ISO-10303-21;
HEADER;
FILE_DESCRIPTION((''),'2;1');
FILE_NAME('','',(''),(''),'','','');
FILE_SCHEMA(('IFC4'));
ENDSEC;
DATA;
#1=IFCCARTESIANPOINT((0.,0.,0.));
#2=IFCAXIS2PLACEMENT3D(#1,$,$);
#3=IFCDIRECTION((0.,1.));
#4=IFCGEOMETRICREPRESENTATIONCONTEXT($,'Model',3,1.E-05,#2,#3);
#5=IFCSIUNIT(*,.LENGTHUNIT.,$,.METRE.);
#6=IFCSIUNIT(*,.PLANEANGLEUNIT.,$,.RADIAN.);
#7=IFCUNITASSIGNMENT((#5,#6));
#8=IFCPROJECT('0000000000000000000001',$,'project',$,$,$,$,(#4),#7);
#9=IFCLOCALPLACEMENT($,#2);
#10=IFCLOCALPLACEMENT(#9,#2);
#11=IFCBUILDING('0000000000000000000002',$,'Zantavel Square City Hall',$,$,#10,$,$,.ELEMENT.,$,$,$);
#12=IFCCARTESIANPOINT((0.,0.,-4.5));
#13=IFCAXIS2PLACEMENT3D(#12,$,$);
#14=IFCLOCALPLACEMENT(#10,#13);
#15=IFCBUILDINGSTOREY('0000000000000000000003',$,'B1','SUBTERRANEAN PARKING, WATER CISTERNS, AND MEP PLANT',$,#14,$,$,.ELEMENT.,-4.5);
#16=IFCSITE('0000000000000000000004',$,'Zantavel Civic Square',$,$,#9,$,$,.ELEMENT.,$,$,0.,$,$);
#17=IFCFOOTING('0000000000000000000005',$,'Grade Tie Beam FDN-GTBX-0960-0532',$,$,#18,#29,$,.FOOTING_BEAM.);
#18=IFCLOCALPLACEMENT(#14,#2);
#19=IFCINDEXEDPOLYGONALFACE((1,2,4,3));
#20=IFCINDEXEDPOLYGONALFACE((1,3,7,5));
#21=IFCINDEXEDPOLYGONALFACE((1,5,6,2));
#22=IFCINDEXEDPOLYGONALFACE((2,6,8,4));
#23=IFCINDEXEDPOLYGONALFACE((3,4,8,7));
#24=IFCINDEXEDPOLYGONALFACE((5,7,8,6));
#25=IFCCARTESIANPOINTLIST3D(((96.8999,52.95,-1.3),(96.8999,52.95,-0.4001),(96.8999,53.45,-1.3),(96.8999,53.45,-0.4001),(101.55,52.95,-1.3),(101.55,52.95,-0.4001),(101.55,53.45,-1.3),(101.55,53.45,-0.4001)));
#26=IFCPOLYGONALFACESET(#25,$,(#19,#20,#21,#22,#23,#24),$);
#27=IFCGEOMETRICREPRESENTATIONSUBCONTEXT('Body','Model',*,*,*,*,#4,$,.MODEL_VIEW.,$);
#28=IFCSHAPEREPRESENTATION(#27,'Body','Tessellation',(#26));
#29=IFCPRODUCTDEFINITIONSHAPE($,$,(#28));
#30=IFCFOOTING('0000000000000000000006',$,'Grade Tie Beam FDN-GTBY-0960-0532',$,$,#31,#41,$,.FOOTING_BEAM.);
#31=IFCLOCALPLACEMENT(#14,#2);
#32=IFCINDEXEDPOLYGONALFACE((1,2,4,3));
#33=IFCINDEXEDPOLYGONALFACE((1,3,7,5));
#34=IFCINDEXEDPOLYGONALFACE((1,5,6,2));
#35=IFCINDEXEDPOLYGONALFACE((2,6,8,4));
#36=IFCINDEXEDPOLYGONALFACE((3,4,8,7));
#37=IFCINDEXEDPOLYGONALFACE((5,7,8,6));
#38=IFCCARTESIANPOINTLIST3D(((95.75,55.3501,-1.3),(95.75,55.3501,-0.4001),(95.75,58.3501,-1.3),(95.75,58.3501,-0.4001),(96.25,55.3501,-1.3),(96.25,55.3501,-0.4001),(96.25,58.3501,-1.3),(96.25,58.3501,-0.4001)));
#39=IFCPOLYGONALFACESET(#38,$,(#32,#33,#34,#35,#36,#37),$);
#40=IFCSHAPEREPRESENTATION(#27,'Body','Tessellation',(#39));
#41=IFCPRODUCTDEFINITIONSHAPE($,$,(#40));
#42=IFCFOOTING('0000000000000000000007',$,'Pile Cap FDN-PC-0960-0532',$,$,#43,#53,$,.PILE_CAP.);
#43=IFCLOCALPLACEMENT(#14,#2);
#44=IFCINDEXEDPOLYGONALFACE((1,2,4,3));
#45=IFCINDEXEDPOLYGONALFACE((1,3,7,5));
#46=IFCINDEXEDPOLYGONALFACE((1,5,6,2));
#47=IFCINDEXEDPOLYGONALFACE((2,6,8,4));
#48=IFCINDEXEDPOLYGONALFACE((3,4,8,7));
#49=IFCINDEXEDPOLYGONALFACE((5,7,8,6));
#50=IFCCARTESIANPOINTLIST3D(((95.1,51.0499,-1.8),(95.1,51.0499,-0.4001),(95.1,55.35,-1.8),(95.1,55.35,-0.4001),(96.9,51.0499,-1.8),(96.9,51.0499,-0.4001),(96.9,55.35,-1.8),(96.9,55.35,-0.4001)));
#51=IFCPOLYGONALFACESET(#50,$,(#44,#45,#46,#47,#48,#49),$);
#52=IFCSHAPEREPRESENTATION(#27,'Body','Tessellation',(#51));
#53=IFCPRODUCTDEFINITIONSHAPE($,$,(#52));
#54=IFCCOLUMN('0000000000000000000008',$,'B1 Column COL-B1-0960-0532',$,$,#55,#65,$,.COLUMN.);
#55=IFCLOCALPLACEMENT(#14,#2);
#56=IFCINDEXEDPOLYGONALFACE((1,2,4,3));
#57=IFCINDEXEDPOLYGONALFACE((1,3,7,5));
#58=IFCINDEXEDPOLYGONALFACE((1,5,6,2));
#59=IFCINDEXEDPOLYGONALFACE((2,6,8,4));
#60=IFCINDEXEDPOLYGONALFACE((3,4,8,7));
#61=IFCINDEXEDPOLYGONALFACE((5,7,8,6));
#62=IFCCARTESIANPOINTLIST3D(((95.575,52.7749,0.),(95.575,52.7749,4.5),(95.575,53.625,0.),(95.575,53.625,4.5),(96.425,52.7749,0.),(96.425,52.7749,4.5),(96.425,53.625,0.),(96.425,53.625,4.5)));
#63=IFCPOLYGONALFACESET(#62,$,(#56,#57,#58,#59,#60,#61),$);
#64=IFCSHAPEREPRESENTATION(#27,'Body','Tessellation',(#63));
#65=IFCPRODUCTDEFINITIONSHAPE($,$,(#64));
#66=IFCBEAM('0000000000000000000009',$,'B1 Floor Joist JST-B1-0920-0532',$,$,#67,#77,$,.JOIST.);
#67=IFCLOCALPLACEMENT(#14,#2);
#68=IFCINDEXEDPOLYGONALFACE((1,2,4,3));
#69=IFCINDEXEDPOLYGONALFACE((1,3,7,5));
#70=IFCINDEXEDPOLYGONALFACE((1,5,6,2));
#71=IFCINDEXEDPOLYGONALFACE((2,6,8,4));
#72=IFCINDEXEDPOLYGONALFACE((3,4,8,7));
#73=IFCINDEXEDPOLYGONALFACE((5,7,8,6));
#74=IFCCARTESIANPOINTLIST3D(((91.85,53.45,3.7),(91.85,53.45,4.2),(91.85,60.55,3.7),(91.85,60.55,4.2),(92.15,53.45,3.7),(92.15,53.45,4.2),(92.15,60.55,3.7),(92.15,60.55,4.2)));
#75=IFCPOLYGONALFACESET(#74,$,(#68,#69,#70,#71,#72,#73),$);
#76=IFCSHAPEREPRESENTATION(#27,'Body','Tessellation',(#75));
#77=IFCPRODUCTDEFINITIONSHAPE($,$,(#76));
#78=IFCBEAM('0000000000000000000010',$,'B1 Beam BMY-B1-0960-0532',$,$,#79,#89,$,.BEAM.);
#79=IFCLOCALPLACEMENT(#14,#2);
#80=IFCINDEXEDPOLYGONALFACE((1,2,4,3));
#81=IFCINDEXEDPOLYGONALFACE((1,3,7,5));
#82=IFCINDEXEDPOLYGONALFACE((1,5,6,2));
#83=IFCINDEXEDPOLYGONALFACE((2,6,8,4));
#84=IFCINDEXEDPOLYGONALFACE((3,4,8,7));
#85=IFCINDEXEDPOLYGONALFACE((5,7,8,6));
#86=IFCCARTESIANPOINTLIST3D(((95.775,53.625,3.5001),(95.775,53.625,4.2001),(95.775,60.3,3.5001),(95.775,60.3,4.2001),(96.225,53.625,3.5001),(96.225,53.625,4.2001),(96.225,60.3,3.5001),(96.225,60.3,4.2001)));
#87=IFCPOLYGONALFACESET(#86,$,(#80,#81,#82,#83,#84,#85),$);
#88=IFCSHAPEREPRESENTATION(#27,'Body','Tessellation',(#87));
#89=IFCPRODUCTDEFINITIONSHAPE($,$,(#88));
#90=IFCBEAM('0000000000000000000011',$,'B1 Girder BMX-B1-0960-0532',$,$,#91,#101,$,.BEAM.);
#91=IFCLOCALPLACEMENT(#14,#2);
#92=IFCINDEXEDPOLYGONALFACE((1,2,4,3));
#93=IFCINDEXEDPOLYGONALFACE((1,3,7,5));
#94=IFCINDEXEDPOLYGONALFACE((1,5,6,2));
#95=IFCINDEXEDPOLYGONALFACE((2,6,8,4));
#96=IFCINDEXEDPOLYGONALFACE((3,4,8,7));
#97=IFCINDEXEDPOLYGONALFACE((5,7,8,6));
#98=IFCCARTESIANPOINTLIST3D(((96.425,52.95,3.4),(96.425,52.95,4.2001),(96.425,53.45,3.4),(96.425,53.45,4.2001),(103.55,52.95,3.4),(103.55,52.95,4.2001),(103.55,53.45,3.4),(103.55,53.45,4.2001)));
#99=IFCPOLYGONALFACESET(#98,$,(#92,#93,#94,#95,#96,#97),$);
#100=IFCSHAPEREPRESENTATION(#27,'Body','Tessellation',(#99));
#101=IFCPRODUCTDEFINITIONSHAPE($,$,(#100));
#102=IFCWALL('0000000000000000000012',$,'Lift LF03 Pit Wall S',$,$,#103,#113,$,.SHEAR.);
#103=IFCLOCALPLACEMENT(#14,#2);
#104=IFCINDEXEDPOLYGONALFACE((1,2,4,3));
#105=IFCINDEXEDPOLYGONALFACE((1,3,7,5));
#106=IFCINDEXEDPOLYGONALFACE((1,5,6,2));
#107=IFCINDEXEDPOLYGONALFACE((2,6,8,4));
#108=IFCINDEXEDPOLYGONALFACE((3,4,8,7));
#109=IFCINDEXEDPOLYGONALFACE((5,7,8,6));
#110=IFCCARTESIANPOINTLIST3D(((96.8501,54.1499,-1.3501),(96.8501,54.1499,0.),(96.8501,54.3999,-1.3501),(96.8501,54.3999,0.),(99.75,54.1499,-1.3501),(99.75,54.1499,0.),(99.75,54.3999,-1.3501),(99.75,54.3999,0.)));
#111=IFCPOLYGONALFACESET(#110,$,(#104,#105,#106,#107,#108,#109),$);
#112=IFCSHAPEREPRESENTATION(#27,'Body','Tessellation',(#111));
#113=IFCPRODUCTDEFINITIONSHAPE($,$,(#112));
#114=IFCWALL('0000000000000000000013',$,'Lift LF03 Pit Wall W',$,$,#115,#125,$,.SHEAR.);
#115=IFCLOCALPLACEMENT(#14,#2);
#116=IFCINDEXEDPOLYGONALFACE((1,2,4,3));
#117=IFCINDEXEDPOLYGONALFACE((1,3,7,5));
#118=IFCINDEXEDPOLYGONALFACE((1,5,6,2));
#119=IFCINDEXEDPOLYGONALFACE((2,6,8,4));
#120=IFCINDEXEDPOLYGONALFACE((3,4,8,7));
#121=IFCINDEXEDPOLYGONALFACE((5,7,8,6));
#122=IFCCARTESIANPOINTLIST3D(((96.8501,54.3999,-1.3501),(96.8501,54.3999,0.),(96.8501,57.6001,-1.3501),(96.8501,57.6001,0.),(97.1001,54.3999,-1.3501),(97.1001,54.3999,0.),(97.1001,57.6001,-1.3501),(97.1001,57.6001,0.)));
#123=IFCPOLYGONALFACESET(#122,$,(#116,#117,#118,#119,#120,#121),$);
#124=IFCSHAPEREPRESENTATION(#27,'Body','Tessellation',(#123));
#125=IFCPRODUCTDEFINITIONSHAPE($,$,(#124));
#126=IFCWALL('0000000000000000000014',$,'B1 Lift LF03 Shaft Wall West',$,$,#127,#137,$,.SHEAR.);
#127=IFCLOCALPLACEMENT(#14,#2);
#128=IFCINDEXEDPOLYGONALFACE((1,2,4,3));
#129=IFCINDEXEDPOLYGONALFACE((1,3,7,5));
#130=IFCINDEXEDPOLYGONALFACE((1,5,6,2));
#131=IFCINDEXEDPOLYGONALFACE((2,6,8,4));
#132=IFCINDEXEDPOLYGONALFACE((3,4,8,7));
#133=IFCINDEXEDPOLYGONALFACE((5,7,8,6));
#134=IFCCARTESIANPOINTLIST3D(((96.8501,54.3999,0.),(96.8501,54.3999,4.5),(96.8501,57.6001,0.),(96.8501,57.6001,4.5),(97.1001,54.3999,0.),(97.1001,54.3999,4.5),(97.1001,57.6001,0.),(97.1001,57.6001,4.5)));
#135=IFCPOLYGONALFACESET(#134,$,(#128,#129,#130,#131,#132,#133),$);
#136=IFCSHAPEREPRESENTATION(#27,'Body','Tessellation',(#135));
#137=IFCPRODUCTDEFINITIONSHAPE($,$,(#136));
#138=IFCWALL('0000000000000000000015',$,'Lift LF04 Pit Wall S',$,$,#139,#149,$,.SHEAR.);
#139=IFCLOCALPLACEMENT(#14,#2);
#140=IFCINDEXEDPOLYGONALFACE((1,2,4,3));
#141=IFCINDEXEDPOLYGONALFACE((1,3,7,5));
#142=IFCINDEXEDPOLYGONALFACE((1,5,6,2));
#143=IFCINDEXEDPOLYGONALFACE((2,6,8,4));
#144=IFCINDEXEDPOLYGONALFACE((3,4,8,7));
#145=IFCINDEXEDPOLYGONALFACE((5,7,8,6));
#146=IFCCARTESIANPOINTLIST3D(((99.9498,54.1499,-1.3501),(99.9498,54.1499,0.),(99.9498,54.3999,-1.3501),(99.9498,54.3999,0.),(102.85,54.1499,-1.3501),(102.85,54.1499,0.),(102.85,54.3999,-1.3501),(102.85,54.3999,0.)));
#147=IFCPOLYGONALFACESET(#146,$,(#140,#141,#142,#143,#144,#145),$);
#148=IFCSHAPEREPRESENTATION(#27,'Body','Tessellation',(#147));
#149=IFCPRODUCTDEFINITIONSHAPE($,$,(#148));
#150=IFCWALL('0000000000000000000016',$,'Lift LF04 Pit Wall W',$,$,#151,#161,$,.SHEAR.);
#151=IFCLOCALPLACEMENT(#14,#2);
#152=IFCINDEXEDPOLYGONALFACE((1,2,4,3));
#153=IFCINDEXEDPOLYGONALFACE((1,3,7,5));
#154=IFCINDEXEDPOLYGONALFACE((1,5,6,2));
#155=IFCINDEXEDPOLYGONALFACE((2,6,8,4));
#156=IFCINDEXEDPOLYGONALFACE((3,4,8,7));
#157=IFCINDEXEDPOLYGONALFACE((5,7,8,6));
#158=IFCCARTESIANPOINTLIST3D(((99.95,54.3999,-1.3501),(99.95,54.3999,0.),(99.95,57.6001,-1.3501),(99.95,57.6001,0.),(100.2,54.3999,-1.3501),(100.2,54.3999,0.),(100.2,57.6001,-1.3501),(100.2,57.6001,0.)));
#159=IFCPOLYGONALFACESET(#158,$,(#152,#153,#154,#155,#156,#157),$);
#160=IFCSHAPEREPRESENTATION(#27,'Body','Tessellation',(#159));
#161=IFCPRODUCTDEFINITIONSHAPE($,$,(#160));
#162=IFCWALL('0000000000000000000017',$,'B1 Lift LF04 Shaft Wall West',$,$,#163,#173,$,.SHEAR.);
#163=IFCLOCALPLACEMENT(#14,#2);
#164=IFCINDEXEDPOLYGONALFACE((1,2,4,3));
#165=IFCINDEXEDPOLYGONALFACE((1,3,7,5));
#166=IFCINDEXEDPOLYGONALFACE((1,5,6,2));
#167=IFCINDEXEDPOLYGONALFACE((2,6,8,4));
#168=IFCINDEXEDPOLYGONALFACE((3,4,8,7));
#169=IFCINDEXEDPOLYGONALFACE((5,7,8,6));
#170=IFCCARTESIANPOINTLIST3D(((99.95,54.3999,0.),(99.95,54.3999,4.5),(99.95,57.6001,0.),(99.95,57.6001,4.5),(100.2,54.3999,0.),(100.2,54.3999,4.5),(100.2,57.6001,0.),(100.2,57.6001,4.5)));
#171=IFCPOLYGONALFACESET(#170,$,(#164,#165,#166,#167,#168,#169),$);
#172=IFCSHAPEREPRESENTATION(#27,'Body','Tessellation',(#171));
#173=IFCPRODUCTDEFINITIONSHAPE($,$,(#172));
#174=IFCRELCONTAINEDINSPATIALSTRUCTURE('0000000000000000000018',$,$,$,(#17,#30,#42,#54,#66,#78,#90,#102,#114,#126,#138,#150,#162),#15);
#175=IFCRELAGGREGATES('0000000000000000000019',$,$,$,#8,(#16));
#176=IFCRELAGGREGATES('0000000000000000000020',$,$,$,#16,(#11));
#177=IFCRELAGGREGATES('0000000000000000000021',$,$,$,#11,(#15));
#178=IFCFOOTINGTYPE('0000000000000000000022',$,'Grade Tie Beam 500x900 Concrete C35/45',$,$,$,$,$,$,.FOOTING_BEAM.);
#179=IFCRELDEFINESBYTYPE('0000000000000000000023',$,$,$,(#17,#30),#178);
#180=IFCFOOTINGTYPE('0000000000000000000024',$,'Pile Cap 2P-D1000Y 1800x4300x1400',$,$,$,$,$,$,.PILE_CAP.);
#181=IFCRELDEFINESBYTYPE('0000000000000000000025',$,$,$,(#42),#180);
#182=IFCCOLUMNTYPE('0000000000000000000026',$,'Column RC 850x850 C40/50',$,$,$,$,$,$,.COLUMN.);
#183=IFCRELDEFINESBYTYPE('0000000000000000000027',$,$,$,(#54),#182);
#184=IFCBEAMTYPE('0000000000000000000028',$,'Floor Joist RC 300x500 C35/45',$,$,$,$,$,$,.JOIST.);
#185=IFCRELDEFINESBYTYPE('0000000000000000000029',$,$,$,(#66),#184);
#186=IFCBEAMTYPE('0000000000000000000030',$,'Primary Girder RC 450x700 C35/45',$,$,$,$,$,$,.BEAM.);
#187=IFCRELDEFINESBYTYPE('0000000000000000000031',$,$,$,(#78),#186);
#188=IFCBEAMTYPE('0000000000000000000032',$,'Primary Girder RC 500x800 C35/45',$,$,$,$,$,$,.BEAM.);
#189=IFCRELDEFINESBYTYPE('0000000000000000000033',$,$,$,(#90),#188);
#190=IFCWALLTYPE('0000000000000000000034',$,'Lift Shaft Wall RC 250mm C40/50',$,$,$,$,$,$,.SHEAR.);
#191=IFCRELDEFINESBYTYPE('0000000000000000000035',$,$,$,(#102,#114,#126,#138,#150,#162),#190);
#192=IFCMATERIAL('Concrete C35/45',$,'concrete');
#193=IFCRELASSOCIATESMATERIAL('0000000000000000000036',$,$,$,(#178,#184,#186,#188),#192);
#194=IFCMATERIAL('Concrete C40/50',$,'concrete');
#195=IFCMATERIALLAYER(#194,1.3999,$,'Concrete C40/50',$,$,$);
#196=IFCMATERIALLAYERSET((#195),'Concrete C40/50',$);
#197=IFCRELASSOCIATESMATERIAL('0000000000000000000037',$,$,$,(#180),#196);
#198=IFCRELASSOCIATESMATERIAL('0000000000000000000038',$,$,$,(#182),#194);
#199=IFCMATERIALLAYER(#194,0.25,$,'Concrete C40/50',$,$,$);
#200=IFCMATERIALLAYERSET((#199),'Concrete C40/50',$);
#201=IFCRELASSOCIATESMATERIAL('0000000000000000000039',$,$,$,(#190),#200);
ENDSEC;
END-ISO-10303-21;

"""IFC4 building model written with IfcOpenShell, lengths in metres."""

from ifc_helpers import new_model, si_unit, direction, frame, frame_2d, origin, origin_2d, place, context, subcontext, project, spatial, rectangle, extrude, material, layer, layer_set, material_profile, profile_set, type_object, element, save


model = new_model("IFC4")

# Units and contexts
model_context = context("Model", 3, precision=1e-05, world=origin(), true_north=direction((0.0, 1.0)))
body_context = subcontext(model_context, "Body", "Model", "MODEL_VIEW")
ifc_project = project(units=[si_unit("LENGTHUNIT", "METRE"), si_unit("PLANEANGLEUNIT", "RADIAN")], contexts=[model_context])

# Site, building, storey
site_placement = place(None, origin())
site = spatial("IfcSite", under=ifc_project, at=site_placement, Name="Zantavel Civic Square", CompositionType="ELEMENT", RefElevation=0.0)
building_placement = place(site_placement, origin())
building = spatial("IfcBuilding", under=site, at=building_placement, Name="Zantavel Square City Hall", CompositionType="ELEMENT")
storey_placement = place(building_placement, frame((0.0, 0.0, -4.5)))
storey = spatial("IfcBuildingStorey", under=building, at=storey_placement, Name="B1", Description="SUBTERRANEAN PARKING, WATER CISTERNS, AND MEP PLANT", CompositionType="ELEMENT", Elevation=-4.5)

# Shared definitions
ifc_material_1 = material(Name="Concrete C35/45", Category="concrete")

# Footings
ifc_material_profile_1 = material_profile(ifc_material_1, rectangle(XDim=0.5, YDim=0.8999, at=origin_2d()), Name="RC 500x900")
ifc_profile_set_1 = profile_set([ifc_material_profile_1], Name="Concrete C35/45")
footing_type_1 = type_object("IfcFootingType", Name="Grade Tie Beam 500x900 Concrete C35/45", PredefinedType="FOOTING_BEAM", material=ifc_profile_set_1)
footing_1_placement = place(storey_placement, frame((96.8999, 53.2, -0.8501), z_axis=(1.0, 0.0, 0.0), x_axis=(0.0, 1.0, 0.0)))
element("IfcFooting", 1, at=footing_1_placement, inside=storey, type_object=footing_type_1, Name="Grade Tie Beam FDN-GTBX-0960-0532", PredefinedType="FOOTING_BEAM", context=body_context, shape_type="SweptSolid", body=[
    extrude(rectangle(XDim=0.5, YDim=0.8999, at=origin_2d()), origin(), (0.0, 0.0, 1.0), 4.6501),
])
footing_2_placement = place(storey_placement, frame((96.0, 55.3501, -0.8501), z_axis=(0.0, 1.0, 0.0), x_axis=(-1.0, 0.0, 0.0)))
element("IfcFooting", 2, at=footing_2_placement, inside=storey, type_object=footing_type_1, Name="Grade Tie Beam FDN-GTBY-0960-0532", PredefinedType="FOOTING_BEAM", context=body_context, shape_type="SweptSolid", body=[
    extrude(rectangle(XDim=0.5, YDim=0.8999, at=origin_2d()), origin(), (0.0, 0.0, 1.0), 3.0),
])
ifc_material_2 = material(Name="Concrete C40/50", Category="concrete")
ifc_layer_1 = layer(ifc_material_2, 1.3999, Name="Concrete C40/50")
ifc_layer_set_1 = layer_set([ifc_layer_1], Name="Concrete C40/50")
footing_type_2 = type_object("IfcFootingType", Name="Pile Cap 2P-D1000Y 1800x4300x1400", PredefinedType="PILE_CAP", material=ifc_layer_set_1)
footing_3_placement = place(storey_placement, frame((96.0, 53.2, -1.8), z_axis=(0.0, 0.0, 1.0), x_axis=(1.0, 0.0, 0.0)))
element("IfcFooting", 3, at=footing_3_placement, inside=storey, type_object=footing_type_2, Name="Pile Cap FDN-PC-0960-0532", PredefinedType="PILE_CAP", context=body_context, shape_type="SweptSolid", body=[
    extrude(rectangle(XDim=1.8, YDim=4.3, at=origin_2d()), origin(), (0.0, 0.0, 1.0), 1.3999),
])

# Column
ifc_material_profile_2 = material_profile(ifc_material_2, rectangle(XDim=0.8501, YDim=0.8501, at=origin_2d()), Name="RC 850x850")
ifc_profile_set_2 = profile_set([ifc_material_profile_2], Name="Concrete C40/50")
column_type = type_object("IfcColumnType", Name="Column RC 850x850 C40/50", PredefinedType="COLUMN", material=ifc_profile_set_2)
column_placement = place(storey_placement, frame((96.0, 53.2, 0.0), z_axis=(0.0, 0.0, 1.0), x_axis=(1.0, 0.0, 0.0)))
element("IfcColumn", 4, at=column_placement, inside=storey, type_object=column_type, Name="B1 Column COL-B1-0960-0532", PredefinedType="COLUMN", context=body_context, shape_type="SweptSolid", body=[
    extrude(rectangle(XDim=0.8501, YDim=0.8501, at=origin_2d()), origin(), (0.0, 0.0, 1.0), 4.5),
])

# Beams
ifc_material_profile_3 = material_profile(ifc_material_1, rectangle(XDim=0.3, YDim=0.5, at=origin_2d()), Name="RC 300x500")
ifc_profile_set_3 = profile_set([ifc_material_profile_3], Name="Concrete C35/45")
beam_type_1 = type_object("IfcBeamType", Name="Floor Joist RC 300x500 C35/45", PredefinedType="JOIST", material=ifc_profile_set_3)
beam_1_placement = place(storey_placement, frame((92.0, 53.45, 3.95), z_axis=(0.0, 1.0, 0.0), x_axis=(-1.0, 0.0, 0.0)))
element("IfcBeam", 5, at=beam_1_placement, inside=storey, type_object=beam_type_1, Name="B1 Floor Joist JST-B1-0920-0532", PredefinedType="JOIST", context=body_context, shape_type="SweptSolid", body=[
    extrude(rectangle(XDim=0.3, YDim=0.5, at=origin_2d()), origin(), (0.0, 0.0, 1.0), 7.1001),
])
ifc_material_profile_4 = material_profile(ifc_material_1, rectangle(XDim=0.45, YDim=0.7, at=origin_2d()), Name="RC 450x700")
ifc_profile_set_4 = profile_set([ifc_material_profile_4], Name="Concrete C35/45")
beam_type_2 = type_object("IfcBeamType", Name="Primary Girder RC 450x700 C35/45", PredefinedType="BEAM", material=ifc_profile_set_4)
beam_2_placement = place(storey_placement, frame((96.0, 53.625, 3.8501), z_axis=(0.0, 1.0, 0.0), x_axis=(-1.0, 0.0, 0.0)))
element("IfcBeam", 6, at=beam_2_placement, inside=storey, type_object=beam_type_2, Name="B1 Beam BMY-B1-0960-0532", PredefinedType="BEAM", context=body_context, shape_type="SweptSolid", body=[
    extrude(rectangle(XDim=0.45, YDim=0.7, at=origin_2d()), origin(), (0.0, 0.0, 1.0), 6.675),
])
ifc_material_profile_5 = material_profile(ifc_material_1, rectangle(XDim=0.5, YDim=0.8, at=origin_2d()), Name="RC 500x800")
ifc_profile_set_5 = profile_set([ifc_material_profile_5], Name="Concrete C35/45")
beam_type_3 = type_object("IfcBeamType", Name="Primary Girder RC 500x800 C35/45", PredefinedType="BEAM", material=ifc_profile_set_5)
beam_3_placement = place(storey_placement, frame((96.425, 53.2, 3.8), z_axis=(1.0, 0.0, 0.0), x_axis=(0.0, 1.0, 0.0)))
element("IfcBeam", 7, at=beam_3_placement, inside=storey, type_object=beam_type_3, Name="B1 Girder BMX-B1-0960-0532", PredefinedType="BEAM", context=body_context, shape_type="SweptSolid", body=[
    extrude(rectangle(XDim=0.5, YDim=0.8, at=origin_2d()), origin(), (0.0, 0.0, 1.0), 7.125),
])

# Walls
ifc_layer_2 = layer(ifc_material_2, 0.25, Name="Concrete C40/50")
ifc_layer_set_2 = layer_set([ifc_layer_2], Name="Concrete C40/50")
wall_type = type_object("IfcWallType", Name="Lift Shaft Wall RC 250mm C40/50", PredefinedType="SHEAR", material=ifc_layer_set_2)
wall_1_placement = place(storey_placement, frame((99.75, 54.2749, -1.3501), z_axis=(0.0, 0.0, 1.0), x_axis=(-1.0, 0.0, 0.0)))
element("IfcWall", 8, at=wall_1_placement, inside=storey, type_object=wall_type, Name="Lift LF03 Pit Wall S", PredefinedType="SHEAR", context=body_context, shape_type="SweptSolid", body=[
    extrude(rectangle(XDim=2.8999, YDim=0.25, at=frame_2d((1.45, 0.0))), origin(), (0.0, 0.0, 1.0), 1.3501),
])
wall_2_placement = place(storey_placement, frame((96.9751, 54.3999, -1.3501), z_axis=(0.0, 0.0, 1.0), x_axis=(0.0, 1.0, 0.0)))
element("IfcWall", 9, at=wall_2_placement, inside=storey, type_object=wall_type, Name="Lift LF03 Pit Wall W", PredefinedType="SHEAR", context=body_context, shape_type="SweptSolid", body=[
    extrude(rectangle(XDim=3.2002, YDim=0.25, at=frame_2d((1.6001, 0.0))), origin(), (0.0, 0.0, 1.0), 1.3501),
])

# Walls
wall_3_placement = place(storey_placement, frame((96.9751, 54.3999, 0.0), z_axis=(0.0, 0.0, 1.0), x_axis=(0.0, 1.0, 0.0)))
element("IfcWall", 10, at=wall_3_placement, inside=storey, type_object=wall_type, Name="B1 Lift LF03 Shaft Wall West", PredefinedType="SHEAR", context=body_context, shape_type="SweptSolid", body=[
    extrude(rectangle(XDim=3.2002, YDim=0.25, at=frame_2d((1.6001, 0.0))), origin(), (0.0, 0.0, 1.0), 4.5),
])
wall_4_placement = place(storey_placement, frame((102.8501, 54.2749, -1.3501), z_axis=(0.0, 0.0, 1.0), x_axis=(-1.0, 0.0, 0.0)))
element("IfcWall", 11, at=wall_4_placement, inside=storey, type_object=wall_type, Name="Lift LF04 Pit Wall S", PredefinedType="SHEAR", context=body_context, shape_type="SweptSolid", body=[
    extrude(rectangle(XDim=2.9001, YDim=0.25, at=frame_2d((1.4502, 0.0))), origin(), (0.0, 0.0, 1.0), 1.3501),
])
wall_5_placement = place(storey_placement, frame((100.075, 54.3999, -1.3501), z_axis=(0.0, 0.0, 1.0), x_axis=(0.0, 1.0, 0.0)))
element("IfcWall", 12, at=wall_5_placement, inside=storey, type_object=wall_type, Name="Lift LF04 Pit Wall W", PredefinedType="SHEAR", context=body_context, shape_type="SweptSolid", body=[
    extrude(rectangle(XDim=3.2002, YDim=0.25, at=frame_2d((1.6001, 0.0))), origin(), (0.0, 0.0, 1.0), 1.3501),
])

# Wall
wall_6_placement = place(storey_placement, frame((100.075, 54.3999, 0.0), z_axis=(0.0, 0.0, 1.0), x_axis=(0.0, 1.0, 0.0)))
element("IfcWall", 13, at=wall_6_placement, inside=storey, type_object=wall_type, Name="B1 Lift LF04 Shaft Wall West", PredefinedType="SHEAR", context=body_context, shape_type="SweptSolid", body=[
    extrude(rectangle(XDim=3.2002, YDim=0.25, at=frame_2d((1.6001, 0.0))), origin(), (0.0, 0.0, 1.0), 4.5),
])

save(model, "model.ifc")
